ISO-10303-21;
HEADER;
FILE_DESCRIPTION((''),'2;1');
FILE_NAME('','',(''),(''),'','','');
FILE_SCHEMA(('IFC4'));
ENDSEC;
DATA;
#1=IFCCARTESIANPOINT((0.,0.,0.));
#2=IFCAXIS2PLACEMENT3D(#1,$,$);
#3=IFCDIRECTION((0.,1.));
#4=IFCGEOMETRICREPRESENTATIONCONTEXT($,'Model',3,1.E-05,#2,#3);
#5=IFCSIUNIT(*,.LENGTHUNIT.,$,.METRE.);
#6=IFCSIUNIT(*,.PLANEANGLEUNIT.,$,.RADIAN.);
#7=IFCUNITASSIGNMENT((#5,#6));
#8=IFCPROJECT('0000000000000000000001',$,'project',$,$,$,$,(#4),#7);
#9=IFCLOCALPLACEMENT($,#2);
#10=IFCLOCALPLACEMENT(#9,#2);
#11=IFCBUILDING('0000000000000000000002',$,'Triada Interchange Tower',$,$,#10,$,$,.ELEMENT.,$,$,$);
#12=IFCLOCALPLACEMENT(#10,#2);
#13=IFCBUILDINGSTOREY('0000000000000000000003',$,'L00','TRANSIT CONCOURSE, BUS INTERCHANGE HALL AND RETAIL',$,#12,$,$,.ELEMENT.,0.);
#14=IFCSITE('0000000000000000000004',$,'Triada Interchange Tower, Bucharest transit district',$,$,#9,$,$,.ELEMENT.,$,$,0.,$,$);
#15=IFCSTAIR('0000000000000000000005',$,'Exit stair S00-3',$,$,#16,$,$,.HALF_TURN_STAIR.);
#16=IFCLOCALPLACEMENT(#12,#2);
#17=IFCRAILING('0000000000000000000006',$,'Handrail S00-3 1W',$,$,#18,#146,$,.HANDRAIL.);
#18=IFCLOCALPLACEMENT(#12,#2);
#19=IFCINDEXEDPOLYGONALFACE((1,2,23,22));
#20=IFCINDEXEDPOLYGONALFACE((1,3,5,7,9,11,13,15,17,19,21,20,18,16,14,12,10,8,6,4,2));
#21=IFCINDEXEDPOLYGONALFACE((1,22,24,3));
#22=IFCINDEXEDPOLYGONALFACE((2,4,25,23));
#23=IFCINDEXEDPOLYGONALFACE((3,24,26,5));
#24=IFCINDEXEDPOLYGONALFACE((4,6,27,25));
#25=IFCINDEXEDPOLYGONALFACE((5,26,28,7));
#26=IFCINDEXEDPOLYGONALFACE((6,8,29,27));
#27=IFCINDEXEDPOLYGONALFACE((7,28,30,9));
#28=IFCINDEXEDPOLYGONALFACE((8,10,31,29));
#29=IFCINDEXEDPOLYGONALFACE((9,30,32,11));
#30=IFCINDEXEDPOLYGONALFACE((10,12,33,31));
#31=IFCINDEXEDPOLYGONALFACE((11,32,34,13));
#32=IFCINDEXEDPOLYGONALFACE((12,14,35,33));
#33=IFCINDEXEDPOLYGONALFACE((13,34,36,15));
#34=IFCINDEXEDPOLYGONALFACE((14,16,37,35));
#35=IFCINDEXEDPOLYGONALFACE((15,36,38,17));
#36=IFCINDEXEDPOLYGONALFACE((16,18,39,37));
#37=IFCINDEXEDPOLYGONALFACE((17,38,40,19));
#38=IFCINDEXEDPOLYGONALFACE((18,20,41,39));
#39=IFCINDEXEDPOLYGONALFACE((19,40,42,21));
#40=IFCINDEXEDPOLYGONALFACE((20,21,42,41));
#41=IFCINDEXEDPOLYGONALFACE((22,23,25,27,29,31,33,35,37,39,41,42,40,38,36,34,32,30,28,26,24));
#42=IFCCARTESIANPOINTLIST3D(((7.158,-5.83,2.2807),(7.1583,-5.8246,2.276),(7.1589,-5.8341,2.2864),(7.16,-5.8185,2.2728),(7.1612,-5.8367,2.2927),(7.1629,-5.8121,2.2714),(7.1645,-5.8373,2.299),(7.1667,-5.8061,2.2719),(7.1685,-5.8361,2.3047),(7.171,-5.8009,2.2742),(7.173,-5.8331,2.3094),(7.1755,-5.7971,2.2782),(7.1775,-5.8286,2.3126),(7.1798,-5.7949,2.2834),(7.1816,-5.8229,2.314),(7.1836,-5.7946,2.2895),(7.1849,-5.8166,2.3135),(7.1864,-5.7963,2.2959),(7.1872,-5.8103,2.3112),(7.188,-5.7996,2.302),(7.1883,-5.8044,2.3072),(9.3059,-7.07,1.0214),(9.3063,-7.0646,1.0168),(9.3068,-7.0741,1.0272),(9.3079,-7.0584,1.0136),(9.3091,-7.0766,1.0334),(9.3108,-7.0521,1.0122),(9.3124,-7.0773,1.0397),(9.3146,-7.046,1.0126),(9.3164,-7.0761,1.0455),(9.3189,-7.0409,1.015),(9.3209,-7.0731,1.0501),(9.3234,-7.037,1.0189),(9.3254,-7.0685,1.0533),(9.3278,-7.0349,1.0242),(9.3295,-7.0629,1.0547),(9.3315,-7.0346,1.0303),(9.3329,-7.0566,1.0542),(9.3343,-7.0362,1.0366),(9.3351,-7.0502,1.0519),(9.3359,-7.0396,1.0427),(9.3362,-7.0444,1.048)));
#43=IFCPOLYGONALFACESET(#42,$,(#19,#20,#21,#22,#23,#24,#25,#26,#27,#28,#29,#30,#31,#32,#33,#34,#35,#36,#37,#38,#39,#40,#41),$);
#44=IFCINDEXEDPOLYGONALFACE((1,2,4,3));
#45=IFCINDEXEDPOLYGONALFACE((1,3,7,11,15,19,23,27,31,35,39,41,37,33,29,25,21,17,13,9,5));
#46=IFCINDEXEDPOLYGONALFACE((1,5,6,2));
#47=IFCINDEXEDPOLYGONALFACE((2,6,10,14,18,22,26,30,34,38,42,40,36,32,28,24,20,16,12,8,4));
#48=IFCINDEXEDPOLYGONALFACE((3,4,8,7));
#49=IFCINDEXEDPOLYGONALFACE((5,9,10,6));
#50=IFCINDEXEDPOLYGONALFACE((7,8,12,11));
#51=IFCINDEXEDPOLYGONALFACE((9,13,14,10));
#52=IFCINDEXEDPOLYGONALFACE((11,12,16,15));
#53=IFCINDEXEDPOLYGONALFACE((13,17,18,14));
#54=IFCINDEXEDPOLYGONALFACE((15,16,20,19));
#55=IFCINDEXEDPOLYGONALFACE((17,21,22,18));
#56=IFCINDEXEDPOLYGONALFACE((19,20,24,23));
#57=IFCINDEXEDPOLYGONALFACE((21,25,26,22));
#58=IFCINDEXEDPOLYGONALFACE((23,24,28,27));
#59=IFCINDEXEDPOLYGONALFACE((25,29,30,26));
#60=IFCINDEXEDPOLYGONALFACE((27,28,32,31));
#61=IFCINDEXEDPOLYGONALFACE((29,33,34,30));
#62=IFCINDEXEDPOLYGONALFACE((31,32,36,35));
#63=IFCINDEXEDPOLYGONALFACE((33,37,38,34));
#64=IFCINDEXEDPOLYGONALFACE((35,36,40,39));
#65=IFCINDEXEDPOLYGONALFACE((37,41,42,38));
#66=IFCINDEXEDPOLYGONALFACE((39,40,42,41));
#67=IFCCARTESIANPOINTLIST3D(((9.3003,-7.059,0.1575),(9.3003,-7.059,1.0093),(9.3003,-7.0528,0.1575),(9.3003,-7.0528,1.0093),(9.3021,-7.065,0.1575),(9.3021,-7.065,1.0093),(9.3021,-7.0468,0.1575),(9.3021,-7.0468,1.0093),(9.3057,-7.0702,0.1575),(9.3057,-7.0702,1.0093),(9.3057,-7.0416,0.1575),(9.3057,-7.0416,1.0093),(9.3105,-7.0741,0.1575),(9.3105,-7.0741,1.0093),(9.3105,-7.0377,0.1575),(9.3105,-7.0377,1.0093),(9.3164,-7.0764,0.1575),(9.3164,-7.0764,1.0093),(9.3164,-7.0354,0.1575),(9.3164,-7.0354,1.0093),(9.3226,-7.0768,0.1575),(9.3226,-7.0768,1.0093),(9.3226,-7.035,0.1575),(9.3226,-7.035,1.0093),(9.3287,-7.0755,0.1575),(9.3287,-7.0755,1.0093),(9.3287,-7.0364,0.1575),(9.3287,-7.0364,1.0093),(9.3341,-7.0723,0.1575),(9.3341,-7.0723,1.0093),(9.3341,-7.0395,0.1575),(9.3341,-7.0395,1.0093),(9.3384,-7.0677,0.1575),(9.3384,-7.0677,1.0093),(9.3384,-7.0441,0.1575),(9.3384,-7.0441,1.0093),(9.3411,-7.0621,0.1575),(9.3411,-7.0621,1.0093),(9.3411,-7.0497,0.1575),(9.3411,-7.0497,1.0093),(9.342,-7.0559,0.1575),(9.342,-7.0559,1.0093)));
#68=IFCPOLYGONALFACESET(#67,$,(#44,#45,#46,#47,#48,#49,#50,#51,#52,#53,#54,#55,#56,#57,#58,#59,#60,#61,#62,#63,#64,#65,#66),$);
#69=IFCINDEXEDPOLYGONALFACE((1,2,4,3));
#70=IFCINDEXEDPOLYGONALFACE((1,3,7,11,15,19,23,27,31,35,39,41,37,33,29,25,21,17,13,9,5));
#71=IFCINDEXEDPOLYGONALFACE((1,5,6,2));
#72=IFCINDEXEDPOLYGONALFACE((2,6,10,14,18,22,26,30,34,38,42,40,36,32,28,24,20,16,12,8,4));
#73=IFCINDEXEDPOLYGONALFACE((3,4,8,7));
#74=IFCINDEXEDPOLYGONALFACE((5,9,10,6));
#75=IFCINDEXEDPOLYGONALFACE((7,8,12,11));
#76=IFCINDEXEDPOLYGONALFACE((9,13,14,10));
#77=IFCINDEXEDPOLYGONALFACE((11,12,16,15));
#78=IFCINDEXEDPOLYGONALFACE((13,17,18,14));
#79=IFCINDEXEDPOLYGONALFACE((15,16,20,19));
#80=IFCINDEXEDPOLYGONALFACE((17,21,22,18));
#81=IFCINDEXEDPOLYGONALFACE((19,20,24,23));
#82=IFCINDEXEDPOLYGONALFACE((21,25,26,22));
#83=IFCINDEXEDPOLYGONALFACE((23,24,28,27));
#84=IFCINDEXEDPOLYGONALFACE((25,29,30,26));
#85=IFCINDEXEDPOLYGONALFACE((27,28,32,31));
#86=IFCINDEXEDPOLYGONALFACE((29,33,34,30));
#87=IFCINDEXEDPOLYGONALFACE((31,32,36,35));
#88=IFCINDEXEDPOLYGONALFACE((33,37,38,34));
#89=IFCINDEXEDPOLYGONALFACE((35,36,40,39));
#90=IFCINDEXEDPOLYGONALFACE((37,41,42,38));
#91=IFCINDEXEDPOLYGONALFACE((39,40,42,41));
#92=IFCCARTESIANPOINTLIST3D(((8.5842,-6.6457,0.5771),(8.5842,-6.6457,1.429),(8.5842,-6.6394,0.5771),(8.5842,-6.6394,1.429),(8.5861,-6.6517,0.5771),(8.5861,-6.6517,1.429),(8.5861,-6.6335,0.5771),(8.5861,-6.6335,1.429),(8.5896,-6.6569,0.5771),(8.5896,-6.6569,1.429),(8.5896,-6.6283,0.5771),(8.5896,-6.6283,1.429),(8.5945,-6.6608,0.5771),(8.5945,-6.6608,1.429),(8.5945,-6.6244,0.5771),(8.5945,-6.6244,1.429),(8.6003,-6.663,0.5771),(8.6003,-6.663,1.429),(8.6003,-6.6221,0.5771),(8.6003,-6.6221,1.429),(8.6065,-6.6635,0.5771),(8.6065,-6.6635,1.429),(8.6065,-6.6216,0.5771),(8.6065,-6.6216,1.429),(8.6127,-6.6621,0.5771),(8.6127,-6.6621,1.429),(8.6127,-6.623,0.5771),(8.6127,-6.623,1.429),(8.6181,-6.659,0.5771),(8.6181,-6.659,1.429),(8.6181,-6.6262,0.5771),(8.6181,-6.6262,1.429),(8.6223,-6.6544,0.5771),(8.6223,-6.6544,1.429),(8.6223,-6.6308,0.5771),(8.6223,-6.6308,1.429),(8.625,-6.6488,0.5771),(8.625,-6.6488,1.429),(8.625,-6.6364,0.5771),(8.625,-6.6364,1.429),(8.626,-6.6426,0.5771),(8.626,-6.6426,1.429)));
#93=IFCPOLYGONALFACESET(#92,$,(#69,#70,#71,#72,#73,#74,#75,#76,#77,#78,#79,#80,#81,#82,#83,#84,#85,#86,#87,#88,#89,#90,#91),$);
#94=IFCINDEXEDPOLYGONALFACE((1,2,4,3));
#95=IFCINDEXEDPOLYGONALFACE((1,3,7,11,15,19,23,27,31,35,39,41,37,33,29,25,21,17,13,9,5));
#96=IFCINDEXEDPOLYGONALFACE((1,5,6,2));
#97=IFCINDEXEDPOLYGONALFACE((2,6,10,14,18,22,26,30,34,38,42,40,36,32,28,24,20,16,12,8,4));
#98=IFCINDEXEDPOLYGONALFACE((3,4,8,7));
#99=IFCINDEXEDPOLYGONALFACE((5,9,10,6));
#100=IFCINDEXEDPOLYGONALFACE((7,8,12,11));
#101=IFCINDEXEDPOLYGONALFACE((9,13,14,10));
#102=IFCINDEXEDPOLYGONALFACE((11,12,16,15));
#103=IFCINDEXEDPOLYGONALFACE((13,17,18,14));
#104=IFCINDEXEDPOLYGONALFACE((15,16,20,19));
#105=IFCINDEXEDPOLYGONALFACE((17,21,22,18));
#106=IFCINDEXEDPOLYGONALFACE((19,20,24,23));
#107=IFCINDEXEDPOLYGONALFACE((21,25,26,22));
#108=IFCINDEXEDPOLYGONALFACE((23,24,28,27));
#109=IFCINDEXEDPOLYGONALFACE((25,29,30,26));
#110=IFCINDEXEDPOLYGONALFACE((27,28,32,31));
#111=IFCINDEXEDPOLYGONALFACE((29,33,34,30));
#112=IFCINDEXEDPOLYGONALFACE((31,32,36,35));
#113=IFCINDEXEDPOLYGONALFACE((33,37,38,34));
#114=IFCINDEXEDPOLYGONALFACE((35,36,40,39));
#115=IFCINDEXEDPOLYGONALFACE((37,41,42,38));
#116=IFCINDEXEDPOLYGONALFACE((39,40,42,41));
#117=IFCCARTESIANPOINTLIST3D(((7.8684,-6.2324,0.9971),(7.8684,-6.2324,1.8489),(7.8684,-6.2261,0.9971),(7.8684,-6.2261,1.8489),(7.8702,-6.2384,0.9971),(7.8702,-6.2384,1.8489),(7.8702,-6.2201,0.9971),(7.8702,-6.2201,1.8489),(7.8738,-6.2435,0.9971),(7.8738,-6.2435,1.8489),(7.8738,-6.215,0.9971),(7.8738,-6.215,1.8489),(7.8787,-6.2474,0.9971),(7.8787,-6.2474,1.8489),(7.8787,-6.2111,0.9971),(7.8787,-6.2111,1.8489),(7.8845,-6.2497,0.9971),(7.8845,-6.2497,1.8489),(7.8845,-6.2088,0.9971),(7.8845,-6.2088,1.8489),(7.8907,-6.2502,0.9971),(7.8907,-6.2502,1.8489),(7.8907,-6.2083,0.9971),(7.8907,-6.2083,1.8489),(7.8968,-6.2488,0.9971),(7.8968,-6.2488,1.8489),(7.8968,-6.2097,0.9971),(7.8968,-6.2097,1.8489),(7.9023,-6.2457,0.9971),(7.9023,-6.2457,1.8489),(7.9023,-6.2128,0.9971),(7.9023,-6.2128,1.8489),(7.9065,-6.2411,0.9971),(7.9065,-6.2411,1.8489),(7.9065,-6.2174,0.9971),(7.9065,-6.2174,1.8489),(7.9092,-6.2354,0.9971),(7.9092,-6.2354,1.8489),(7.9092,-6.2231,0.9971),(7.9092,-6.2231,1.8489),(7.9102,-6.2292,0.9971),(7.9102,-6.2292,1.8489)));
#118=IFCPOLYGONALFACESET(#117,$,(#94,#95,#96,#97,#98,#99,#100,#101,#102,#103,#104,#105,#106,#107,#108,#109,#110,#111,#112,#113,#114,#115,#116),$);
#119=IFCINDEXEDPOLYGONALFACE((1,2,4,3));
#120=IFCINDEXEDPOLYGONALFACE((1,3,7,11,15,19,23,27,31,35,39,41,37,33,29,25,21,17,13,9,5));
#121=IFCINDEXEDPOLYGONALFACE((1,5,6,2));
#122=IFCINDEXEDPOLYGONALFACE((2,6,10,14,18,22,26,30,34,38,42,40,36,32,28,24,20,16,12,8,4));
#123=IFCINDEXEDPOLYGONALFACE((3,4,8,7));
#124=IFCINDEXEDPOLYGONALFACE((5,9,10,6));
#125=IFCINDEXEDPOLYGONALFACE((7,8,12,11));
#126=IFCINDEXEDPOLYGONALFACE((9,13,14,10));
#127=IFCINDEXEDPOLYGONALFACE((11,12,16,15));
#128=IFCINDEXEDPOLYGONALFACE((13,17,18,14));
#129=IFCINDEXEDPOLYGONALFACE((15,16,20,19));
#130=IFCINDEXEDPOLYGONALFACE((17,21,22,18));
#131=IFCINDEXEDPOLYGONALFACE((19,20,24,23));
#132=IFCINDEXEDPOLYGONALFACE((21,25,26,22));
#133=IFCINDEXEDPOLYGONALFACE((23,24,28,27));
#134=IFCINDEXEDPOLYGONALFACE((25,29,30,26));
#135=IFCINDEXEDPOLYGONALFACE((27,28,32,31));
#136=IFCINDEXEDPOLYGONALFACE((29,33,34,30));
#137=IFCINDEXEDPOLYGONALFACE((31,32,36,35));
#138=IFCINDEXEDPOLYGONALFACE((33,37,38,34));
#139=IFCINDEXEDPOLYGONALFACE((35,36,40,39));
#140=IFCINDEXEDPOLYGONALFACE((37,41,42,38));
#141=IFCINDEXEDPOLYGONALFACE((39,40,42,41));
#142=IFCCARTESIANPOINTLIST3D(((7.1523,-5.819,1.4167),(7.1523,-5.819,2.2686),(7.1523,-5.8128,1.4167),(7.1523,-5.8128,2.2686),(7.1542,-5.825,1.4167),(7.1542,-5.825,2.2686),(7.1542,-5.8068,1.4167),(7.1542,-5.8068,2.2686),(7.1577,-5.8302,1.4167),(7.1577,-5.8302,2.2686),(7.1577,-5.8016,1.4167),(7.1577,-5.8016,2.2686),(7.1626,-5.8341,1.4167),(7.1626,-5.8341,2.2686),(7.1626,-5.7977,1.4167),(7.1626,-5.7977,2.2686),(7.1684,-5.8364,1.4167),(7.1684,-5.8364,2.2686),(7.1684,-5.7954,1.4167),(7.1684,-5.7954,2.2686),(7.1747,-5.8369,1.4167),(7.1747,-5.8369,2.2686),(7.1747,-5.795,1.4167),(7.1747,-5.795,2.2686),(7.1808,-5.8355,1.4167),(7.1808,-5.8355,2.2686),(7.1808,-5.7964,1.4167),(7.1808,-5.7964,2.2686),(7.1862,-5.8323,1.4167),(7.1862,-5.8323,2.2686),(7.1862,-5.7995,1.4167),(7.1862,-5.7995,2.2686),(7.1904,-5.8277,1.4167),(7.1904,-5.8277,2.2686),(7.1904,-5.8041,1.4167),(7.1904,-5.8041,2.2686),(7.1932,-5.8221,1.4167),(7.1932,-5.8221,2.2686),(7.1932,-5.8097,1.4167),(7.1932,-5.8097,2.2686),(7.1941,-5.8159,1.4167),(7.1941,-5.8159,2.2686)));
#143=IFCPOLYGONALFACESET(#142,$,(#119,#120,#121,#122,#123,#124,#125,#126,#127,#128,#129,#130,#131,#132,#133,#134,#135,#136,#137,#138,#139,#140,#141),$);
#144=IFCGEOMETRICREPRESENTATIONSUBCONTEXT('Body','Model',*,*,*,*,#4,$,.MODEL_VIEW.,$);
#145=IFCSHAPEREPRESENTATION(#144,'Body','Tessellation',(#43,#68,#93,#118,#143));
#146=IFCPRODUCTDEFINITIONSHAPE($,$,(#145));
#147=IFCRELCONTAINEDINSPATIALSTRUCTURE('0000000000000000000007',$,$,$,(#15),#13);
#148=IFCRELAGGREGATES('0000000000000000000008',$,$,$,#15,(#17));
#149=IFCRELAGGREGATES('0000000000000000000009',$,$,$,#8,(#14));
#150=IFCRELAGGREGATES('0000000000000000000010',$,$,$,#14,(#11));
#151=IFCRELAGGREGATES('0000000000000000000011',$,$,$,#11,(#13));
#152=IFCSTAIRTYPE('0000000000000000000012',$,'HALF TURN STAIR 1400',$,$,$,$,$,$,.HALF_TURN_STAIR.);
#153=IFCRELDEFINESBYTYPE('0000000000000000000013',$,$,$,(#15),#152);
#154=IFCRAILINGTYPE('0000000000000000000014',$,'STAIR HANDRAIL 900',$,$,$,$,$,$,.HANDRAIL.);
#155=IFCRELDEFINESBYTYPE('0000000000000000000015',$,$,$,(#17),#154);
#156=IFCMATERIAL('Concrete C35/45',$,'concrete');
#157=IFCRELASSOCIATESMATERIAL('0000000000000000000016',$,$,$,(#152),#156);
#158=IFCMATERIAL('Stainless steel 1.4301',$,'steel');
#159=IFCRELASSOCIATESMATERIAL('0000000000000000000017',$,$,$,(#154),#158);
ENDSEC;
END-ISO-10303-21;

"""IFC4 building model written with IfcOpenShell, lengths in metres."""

from ifc_helpers import new_model, si_unit, direction, frame, origin, origin_2d, place, context, subcontext, project, spatial, circle, extrude, material, type_object, element, aggregate, save


model = new_model("IFC4")

# Units and contexts
model_context = context("Model", 3, precision=1e-05, world=origin(), true_north=direction((0.0, 1.0)))
body_context = subcontext(model_context, "Body", "Model", "MODEL_VIEW")
ifc_project = project(units=[si_unit("LENGTHUNIT", "METRE"), si_unit("PLANEANGLEUNIT", "RADIAN")], contexts=[model_context])

# Site, building, storey
site_placement = place(None, origin())
site = spatial("IfcSite", under=ifc_project, at=site_placement, Name="Triada Interchange Tower, Bucharest transit district", CompositionType="ELEMENT", RefElevation=0.0)
building_placement = place(site_placement, origin())
building = spatial("IfcBuilding", under=site, at=building_placement, Name="Triada Interchange Tower", CompositionType="ELEMENT")
storey_placement = place(building_placement, origin())
storey = spatial("IfcBuildingStorey", under=building, at=storey_placement, Name="L00", Description="TRANSIT CONCOURSE, BUS INTERCHANGE HALL AND RETAIL", CompositionType="ELEMENT", Elevation=0.0)

# Shared definitions
ifc_material_1 = material(Name="Concrete C35/45", Category="concrete")

# Stair, railing
stair_type = type_object("IfcStairType", Name="HALF TURN STAIR 1400", PredefinedType="HALF_TURN_STAIR", material=ifc_material_1)
stair_placement = place(storey_placement, origin())
stair = element("IfcStair", 1, at=stair_placement, inside=storey, type_object=stair_type, Name="Exit stair S00-3", PredefinedType="HALF_TURN_STAIR")
ifc_material_2 = material(Name="Stainless steel 1.4301", Category="steel")
railing_type = type_object("IfcRailingType", Name="STAIR HANDRAIL 900", PredefinedType="HANDRAIL", material=ifc_material_2)
railing_1_placement = place(storey_placement, frame((9.321, -7.0559, 0.1575)))
railing_1 = element("IfcRailing", 2, at=railing_1_placement, type_object=railing_type, Name="Handrail S00-3 1W", PredefinedType="HANDRAIL", context=body_context, shape_type="SweptSolid", body=[
    extrude(circle(Radius=0.0239, at=origin_2d()), frame((0.0, 0.0, 0.876), z_axis=(-0.772212, 0.445791, 0.452724), x_axis=(-0.499961, -0.866048, 0.0)), (0.0, 0.0, 1.0), 2.7815),
    extrude(circle(Radius=0.021, at=origin_2d()), origin(), (0.0, 0.0, 1.0), 0.8518),
    extrude(circle(Radius=0.021, at=origin_2d()), frame((-0.7161, 0.4133, 0.4197)), (0.0, 0.0, 1.0), 0.8518),
    extrude(circle(Radius=0.021, at=origin_2d()), frame((-1.4319, 0.8267, 0.8396)), (0.0, 0.0, 1.0), 0.8518),
    extrude(circle(Radius=0.021, at=origin_2d()), frame((-2.1479, 1.24, 1.2593)), (0.0, 0.0, 1.0), 0.8518),
])
aggregate(stair, [railing_1])

save(model, "model.ifc")
